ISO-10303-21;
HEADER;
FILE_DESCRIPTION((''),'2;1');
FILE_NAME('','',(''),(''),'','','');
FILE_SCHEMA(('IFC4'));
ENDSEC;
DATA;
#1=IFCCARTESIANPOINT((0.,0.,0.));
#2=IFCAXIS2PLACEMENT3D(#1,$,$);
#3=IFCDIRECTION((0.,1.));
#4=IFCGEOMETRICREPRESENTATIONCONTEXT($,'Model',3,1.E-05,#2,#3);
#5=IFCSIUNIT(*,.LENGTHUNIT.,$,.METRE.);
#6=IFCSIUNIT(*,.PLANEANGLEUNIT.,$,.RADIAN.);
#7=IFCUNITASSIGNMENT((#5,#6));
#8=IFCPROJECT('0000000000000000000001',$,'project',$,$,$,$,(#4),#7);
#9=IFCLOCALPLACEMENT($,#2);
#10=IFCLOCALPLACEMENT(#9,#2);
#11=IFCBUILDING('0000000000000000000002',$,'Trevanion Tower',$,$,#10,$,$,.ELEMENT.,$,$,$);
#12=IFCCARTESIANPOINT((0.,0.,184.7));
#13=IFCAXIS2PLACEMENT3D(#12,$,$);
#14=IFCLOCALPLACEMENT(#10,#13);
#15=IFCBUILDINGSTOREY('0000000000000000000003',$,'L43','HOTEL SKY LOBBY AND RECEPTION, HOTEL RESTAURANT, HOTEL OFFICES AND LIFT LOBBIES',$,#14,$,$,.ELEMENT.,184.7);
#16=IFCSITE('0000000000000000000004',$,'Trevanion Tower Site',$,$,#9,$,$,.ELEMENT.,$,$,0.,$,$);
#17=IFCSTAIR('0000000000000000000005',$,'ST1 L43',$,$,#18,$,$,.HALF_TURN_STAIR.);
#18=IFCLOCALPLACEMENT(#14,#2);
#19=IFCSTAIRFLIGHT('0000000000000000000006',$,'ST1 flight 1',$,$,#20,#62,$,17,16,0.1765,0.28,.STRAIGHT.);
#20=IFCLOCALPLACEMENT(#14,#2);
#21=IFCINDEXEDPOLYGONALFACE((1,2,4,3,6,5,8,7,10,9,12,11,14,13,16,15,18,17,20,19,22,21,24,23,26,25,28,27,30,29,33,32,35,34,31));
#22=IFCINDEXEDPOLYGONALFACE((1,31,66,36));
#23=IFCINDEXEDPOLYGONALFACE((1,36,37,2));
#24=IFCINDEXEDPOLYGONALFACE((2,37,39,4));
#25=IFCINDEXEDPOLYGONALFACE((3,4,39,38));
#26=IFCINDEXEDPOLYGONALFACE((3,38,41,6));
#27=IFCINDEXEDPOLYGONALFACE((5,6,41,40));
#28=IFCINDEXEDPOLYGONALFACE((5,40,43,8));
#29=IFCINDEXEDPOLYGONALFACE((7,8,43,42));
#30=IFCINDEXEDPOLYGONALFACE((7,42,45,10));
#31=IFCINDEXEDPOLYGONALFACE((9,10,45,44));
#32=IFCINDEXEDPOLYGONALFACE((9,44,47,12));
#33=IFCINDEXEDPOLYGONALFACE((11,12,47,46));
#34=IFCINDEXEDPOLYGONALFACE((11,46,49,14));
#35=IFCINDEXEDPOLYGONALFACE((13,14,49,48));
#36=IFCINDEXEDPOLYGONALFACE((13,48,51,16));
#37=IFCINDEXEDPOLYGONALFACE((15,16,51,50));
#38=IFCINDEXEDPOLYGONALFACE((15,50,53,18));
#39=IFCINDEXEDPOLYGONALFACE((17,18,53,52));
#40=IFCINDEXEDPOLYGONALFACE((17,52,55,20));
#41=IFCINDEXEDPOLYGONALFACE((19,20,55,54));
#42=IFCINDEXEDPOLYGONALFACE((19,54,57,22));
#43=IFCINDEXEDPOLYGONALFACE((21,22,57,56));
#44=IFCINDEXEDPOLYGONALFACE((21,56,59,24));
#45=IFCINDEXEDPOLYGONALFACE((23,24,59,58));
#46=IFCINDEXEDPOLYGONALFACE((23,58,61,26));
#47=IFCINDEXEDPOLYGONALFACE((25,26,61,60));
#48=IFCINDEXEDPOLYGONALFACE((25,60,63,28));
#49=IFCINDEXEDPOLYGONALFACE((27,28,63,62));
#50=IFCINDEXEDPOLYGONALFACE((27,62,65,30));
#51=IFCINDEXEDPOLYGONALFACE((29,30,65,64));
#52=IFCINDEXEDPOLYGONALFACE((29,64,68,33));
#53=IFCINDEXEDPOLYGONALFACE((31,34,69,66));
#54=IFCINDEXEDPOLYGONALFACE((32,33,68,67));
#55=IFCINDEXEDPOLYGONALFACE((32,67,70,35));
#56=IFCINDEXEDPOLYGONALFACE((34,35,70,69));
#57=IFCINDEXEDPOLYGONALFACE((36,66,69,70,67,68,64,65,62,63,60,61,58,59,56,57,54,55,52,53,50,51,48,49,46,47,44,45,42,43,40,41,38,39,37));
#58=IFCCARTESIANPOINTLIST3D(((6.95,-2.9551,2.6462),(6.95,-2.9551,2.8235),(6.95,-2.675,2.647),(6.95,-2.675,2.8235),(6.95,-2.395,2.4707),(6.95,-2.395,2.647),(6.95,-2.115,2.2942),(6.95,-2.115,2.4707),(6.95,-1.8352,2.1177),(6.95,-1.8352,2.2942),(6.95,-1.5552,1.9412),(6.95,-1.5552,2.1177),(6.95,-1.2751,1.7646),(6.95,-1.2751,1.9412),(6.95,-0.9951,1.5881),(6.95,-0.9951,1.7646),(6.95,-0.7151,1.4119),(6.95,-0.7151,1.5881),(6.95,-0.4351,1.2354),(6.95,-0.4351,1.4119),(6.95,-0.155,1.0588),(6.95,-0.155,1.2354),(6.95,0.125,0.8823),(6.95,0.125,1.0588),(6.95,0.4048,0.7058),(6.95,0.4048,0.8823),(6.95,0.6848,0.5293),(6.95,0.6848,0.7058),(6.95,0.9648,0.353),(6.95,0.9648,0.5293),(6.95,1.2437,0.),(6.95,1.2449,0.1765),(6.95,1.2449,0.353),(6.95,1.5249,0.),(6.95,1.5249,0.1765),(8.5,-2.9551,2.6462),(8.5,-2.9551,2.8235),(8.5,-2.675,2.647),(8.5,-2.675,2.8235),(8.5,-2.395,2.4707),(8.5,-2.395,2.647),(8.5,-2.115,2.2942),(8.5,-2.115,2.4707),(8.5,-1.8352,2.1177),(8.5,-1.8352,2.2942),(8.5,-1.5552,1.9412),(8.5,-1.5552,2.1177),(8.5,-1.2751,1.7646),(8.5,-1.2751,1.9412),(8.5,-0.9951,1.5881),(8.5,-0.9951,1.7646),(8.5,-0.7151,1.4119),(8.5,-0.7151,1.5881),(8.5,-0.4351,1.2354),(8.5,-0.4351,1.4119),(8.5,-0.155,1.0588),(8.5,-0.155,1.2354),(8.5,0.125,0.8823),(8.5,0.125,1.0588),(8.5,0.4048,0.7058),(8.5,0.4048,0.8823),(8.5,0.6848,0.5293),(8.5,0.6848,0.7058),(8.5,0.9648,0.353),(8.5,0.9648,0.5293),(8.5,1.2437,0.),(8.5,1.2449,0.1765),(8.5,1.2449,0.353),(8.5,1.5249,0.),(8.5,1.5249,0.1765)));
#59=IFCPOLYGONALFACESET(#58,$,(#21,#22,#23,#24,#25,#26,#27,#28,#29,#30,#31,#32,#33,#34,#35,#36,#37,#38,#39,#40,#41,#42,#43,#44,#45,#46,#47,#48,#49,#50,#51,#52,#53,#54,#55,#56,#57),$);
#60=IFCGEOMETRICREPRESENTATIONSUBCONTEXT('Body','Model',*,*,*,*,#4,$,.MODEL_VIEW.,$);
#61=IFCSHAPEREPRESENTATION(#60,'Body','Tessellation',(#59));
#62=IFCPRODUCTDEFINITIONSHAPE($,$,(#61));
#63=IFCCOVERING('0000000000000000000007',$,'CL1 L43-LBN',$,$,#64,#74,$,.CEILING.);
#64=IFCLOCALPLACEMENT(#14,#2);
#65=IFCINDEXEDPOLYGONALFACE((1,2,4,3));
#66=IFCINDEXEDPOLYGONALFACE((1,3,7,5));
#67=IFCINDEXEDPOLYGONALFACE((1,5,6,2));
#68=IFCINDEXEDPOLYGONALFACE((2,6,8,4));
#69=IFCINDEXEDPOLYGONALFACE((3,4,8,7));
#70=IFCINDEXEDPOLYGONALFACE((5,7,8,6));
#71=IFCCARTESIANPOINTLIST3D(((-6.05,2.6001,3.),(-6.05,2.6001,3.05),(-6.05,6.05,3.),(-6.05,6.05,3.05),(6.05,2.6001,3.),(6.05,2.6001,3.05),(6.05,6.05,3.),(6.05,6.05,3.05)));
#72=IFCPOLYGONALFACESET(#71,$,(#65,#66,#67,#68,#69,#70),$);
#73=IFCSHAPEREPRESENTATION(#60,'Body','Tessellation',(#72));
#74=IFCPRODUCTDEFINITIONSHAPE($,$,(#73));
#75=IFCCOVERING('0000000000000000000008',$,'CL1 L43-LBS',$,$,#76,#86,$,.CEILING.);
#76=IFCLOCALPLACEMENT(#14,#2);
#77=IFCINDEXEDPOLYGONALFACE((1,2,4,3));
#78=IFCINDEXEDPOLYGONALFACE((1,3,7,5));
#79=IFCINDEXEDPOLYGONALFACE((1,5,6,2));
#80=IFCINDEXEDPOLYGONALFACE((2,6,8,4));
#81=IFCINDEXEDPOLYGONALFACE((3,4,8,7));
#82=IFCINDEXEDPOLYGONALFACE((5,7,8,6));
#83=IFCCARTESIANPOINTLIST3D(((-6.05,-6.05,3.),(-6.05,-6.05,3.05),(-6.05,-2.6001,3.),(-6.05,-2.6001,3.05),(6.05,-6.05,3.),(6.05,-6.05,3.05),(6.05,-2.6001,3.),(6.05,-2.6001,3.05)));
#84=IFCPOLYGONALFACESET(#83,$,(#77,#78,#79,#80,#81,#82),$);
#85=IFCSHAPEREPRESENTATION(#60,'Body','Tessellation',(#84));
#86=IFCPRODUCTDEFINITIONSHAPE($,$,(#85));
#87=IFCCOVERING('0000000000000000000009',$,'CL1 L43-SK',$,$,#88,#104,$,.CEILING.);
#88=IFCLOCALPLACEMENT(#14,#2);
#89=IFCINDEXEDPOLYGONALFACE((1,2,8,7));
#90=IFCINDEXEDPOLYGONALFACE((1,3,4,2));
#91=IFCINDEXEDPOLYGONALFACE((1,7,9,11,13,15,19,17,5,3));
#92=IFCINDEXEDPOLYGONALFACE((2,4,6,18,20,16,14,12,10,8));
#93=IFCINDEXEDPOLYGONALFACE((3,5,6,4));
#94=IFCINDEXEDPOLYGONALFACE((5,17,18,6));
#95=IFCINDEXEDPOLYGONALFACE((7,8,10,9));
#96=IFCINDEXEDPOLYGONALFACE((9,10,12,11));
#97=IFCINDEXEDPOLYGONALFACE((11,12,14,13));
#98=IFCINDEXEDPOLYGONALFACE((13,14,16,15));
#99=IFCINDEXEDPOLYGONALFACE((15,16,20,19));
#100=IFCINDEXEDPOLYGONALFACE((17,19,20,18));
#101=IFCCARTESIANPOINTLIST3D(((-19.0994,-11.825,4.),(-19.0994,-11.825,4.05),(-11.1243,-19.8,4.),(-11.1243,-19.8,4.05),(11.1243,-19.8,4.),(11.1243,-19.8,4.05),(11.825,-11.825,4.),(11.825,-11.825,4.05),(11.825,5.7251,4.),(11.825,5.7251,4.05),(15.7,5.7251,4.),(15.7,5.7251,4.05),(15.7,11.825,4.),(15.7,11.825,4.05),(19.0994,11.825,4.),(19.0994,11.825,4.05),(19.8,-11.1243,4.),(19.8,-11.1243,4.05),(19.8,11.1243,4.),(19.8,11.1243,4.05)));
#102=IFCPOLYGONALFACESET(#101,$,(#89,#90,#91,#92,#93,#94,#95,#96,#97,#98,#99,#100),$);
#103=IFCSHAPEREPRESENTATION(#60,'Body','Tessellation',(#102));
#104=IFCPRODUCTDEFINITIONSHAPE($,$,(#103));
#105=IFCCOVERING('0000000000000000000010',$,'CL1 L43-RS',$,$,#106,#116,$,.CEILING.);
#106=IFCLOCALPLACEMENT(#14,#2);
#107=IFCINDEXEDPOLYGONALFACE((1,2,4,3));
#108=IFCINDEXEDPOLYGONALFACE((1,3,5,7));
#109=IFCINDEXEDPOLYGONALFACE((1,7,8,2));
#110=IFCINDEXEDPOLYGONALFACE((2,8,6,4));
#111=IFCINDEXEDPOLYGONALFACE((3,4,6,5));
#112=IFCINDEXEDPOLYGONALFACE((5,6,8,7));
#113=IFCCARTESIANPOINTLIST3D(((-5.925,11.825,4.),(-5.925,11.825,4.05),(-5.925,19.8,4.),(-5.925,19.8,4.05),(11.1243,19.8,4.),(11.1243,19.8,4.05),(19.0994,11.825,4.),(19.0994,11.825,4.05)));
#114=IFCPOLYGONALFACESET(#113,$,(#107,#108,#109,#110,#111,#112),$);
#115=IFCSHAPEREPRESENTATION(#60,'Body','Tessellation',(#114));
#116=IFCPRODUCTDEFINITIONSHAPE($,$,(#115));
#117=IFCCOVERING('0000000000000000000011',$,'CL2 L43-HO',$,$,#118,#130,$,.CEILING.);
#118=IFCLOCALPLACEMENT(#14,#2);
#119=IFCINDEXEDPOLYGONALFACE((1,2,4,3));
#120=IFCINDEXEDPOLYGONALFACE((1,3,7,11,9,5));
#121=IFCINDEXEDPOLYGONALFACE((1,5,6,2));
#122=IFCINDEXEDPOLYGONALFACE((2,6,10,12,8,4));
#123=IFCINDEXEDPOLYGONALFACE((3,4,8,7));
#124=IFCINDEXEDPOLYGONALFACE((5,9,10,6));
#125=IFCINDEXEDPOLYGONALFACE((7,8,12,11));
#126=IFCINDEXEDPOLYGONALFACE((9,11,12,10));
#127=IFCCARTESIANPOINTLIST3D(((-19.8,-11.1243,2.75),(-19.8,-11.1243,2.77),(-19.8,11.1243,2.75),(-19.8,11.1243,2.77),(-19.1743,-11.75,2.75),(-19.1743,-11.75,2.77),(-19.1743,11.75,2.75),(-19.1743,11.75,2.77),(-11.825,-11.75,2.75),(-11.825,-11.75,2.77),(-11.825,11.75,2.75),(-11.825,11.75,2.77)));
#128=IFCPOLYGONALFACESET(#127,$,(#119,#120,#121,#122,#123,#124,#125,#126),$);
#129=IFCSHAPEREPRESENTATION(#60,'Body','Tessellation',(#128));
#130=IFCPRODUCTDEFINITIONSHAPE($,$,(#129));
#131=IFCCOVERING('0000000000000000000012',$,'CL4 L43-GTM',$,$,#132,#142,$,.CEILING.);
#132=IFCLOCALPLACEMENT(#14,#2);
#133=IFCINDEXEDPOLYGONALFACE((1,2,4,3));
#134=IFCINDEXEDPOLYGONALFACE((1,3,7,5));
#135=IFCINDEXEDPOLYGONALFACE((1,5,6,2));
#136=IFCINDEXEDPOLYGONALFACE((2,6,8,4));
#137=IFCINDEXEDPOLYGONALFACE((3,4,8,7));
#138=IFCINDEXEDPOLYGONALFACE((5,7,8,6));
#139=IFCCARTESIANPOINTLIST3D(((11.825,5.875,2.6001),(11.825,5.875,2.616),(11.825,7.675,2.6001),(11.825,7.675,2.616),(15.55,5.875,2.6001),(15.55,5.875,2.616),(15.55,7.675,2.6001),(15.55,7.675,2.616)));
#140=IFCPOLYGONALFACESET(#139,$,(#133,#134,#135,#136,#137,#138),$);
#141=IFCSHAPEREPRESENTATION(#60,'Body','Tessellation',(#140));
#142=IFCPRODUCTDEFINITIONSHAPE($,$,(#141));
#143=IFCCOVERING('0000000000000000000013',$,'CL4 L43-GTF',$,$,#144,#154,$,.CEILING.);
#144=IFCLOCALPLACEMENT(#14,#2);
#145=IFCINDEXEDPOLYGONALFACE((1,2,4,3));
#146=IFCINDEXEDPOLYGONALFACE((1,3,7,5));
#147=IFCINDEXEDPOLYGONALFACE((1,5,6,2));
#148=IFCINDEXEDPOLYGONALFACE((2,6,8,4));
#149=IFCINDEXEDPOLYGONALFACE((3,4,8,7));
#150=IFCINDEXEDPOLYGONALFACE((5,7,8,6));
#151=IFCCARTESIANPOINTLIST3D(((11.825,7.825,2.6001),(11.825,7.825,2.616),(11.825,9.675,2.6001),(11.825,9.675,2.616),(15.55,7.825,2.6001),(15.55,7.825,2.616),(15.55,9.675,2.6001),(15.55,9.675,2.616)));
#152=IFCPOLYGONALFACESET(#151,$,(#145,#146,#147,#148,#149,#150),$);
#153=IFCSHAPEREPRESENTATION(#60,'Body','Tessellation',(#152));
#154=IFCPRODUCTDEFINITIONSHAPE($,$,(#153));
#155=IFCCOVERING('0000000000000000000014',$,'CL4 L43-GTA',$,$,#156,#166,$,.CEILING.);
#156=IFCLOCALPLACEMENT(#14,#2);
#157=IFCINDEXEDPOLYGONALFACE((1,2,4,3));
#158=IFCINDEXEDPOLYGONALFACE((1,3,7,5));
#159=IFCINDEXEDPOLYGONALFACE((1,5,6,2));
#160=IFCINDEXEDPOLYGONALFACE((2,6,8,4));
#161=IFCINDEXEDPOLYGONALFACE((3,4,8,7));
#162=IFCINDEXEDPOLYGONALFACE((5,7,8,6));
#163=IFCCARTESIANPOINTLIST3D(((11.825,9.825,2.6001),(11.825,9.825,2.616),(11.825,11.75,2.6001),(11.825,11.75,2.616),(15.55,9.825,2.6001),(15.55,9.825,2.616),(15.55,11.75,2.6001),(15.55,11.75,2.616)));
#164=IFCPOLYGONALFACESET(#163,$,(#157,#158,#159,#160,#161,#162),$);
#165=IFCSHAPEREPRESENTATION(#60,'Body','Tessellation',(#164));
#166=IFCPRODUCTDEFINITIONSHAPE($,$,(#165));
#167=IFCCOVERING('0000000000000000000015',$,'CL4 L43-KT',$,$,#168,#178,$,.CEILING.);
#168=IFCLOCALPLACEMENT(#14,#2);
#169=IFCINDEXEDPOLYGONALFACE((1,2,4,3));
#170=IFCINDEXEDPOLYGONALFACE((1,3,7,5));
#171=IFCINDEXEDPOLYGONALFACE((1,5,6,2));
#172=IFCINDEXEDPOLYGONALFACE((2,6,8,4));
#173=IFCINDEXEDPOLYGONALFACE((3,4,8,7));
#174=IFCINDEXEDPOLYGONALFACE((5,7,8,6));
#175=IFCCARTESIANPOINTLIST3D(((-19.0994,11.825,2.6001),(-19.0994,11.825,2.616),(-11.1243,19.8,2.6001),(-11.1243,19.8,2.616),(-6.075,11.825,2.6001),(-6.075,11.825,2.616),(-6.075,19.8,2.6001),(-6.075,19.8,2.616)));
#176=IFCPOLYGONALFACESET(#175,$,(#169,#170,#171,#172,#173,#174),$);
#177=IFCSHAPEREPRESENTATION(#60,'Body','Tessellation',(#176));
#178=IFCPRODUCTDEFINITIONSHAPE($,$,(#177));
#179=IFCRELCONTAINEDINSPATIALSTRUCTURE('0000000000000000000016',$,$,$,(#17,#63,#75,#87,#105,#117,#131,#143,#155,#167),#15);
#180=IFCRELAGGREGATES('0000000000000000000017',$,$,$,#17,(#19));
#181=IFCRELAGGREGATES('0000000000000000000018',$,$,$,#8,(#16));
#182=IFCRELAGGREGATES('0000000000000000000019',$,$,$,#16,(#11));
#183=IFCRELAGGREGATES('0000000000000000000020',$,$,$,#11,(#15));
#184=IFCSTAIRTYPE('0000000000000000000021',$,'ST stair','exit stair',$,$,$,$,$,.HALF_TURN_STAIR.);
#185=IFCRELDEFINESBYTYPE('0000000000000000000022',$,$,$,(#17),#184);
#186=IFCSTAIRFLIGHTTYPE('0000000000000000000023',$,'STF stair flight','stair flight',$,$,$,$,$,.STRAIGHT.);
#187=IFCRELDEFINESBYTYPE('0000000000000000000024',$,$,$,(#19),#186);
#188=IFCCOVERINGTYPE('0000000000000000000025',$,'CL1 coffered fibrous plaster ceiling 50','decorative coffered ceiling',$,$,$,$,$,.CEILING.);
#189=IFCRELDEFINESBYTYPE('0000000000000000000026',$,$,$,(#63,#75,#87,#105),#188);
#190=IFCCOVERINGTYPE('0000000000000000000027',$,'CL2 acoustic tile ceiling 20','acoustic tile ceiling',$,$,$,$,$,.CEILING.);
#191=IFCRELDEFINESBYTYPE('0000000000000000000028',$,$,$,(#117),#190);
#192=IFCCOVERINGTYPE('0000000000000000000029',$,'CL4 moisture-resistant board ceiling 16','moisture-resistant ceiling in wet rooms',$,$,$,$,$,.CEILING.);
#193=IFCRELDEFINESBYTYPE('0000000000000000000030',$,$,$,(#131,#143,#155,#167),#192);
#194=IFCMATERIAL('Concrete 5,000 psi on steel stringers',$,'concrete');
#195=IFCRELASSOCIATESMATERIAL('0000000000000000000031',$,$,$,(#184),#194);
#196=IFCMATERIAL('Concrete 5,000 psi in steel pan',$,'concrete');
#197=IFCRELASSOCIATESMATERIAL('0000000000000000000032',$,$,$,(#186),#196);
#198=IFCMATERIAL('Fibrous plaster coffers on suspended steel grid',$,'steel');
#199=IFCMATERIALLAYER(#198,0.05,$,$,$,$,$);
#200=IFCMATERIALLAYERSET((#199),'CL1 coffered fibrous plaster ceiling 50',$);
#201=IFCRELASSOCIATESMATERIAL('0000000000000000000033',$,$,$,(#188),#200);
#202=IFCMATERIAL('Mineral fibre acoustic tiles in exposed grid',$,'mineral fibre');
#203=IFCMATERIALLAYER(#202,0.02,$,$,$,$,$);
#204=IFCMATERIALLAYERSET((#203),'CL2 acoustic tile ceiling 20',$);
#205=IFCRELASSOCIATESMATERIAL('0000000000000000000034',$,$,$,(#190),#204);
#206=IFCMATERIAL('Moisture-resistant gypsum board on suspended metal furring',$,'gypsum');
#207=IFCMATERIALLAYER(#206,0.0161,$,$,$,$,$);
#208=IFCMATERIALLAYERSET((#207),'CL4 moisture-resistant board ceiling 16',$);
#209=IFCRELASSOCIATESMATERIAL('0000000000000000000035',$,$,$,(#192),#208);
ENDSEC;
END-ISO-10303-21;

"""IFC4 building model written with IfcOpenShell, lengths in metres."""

from ifc_helpers import new_model, si_unit, direction, frame, origin, place, context, subcontext, project, spatial, polyline, outline, extrude, material, layer, layer_set, type_object, element, aggregate, save


model = new_model("IFC4")

# Units and contexts
model_context = context("Model", 3, precision=1e-05, world=origin(), true_north=direction((0.0, 1.0)))
body_context = subcontext(model_context, "Body", "Model", "MODEL_VIEW")
ifc_project = project(units=[si_unit("LENGTHUNIT", "METRE"), si_unit("PLANEANGLEUNIT", "RADIAN")], contexts=[model_context])

# Site, building, storey
site_placement = place(None, origin())
site = spatial("IfcSite", under=ifc_project, at=site_placement, Name="Trevanion Tower Site", CompositionType="ELEMENT", RefElevation=0.0)
building_placement = place(site_placement, origin())
building = spatial("IfcBuilding", under=site, at=building_placement, Name="Trevanion Tower", CompositionType="ELEMENT")
storey_placement = place(building_placement, frame((0.0, 0.0, 184.7)))
storey = spatial("IfcBuildingStorey", under=building, at=storey_placement, Name="L43", Description="HOTEL SKY LOBBY AND RECEPTION, HOTEL RESTAURANT, HOTEL OFFICES AND LIFT LOBBIES", CompositionType="ELEMENT", Elevation=184.7)

# Stair, stair flight
ifc_material_1 = material(Name="Concrete 5,000 psi on steel stringers", Category="concrete")
stair_type = type_object("IfcStairType", Name="ST stair", Description="exit stair", PredefinedType="HALF_TURN_STAIR", material=ifc_material_1)
stair_placement = place(storey_placement, origin())
stair = element("IfcStair", 1, at=stair_placement, inside=storey, type_object=stair_type, Name="ST1 L43", PredefinedType="HALF_TURN_STAIR")
ifc_material_2 = material(Name="Concrete 5,000 psi in steel pan", Category="concrete")
stair_flight_type = type_object("IfcStairFlightType", Name="STF stair flight", Description="stair flight", PredefinedType="STRAIGHT", material=ifc_material_2)
stair_flight_placement = place(storey_placement, frame((7.7251, 1.5249, 0.0), z_axis=(0.0, 0.0, 1.0), x_axis=(0.0, -1.0, 0.0)))
stair_flight = element("IfcStairFlight", 2, at=stair_flight_placement, type_object=stair_flight_type, Name="ST1 flight 1", NumberOfRisers=17, NumberOfTreads=16, PredefinedType="STRAIGHT", RiserHeight=0.1765, TreadLength=0.28, context=body_context, shape_type="SweptSolid", body=[
    extrude(outline(polyline([(0.0, 0.0), (0.0, 0.1765), (0.28, 0.1765), (0.28, 0.353), (0.5601, 0.353), (0.5601, 0.5293), (0.8401, 0.5293), (0.8401, 0.7058), (1.1201, 0.7058), (1.1201, 0.8823), (1.3999, 0.8823), (1.3999, 1.0588), (1.6799, 1.0588), (1.6799, 1.2354), (1.96, 1.2354), (1.96, 1.4119), (2.24, 1.4119), (2.24, 1.5881), (2.52, 1.5881), (2.52, 1.7646), (2.8, 1.7646), (2.8, 1.9412), (3.0801, 1.9412), (3.0801, 2.1177), (3.3601, 2.1177), (3.3601, 2.2942), (3.6399, 2.2942), (3.6399, 2.4707), (3.9199, 2.4707), (3.9199, 2.647), (4.2, 2.647), (4.2, 2.8235), (4.48, 2.8235), (4.48, 3.0), (4.48, 2.6462), (0.2812, 0.0), (0.0, 0.0)])), frame((0.0, 0.7749, 0.0), z_axis=(0.0, -1.0, 0.0), x_axis=(1.0, 0.0, 0.0)), (0.0, 0.0, 1.0), 1.55),
])
aggregate(stair, [stair_flight])

# Coverings
ifc_material_3 = material(Name="Fibrous plaster coffers on suspended steel grid", Category="steel")
ifc_layer_1 = layer(ifc_material_3, 0.05)
ifc_layer_set_1 = layer_set([ifc_layer_1], Name="CL1 coffered fibrous plaster ceiling 50")
covering_type_1 = type_object("IfcCoveringType", Name="CL1 coffered fibrous plaster ceiling 50", Description="decorative coffered ceiling", PredefinedType="CEILING", material=ifc_layer_set_1)
covering_1_placement = place(storey_placement, frame((0.0, 0.0, 3.0)))
element("IfcCovering", 3, at=covering_1_placement, inside=storey, type_object=covering_type_1, Name="CL1 L43-LBN", PredefinedType="CEILING", context=body_context, shape_type="SweptSolid", body=[
    extrude(outline(polyline([(6.05, 2.6001), (6.05, 6.05), (-6.05, 6.05), (-6.05, 2.6001), (6.05, 2.6001)])), origin(), (0.0, 0.0, 1.0), 0.05),
])
covering_2_placement = place(storey_placement, frame((0.0, 0.0, 3.0)))
element("IfcCovering", 4, at=covering_2_placement, inside=storey, type_object=covering_type_1, Name="CL1 L43-LBS", PredefinedType="CEILING", context=body_context, shape_type="SweptSolid", body=[
    extrude(outline(polyline([(6.05, -6.05), (6.05, -2.6001), (-6.05, -2.6001), (-6.05, -6.05), (6.05, -6.05)])), origin(), (0.0, 0.0, 1.0), 0.05),
])
covering_3_placement = place(storey_placement, frame((0.0, 0.0, 4.0)))
element("IfcCovering", 5, at=covering_3_placement, inside=storey, type_object=covering_type_1, Name="CL1 L43-SK", PredefinedType="CEILING", context=body_context, shape_type="SweptSolid", body=[
    extrude(outline(polyline([(11.825, 5.7251), (15.7, 5.7251), (15.7, 11.825), (19.0994, 11.825), (19.8, 11.1243), (19.8, -11.1243), (11.1243, -19.8), (-11.1243, -19.8), (-19.0994, -11.825), (11.825, -11.825), (11.825, 5.7251)])), origin(), (0.0, 0.0, 1.0), 0.05),
])
covering_4_placement = place(storey_placement, frame((0.0, 0.0, 4.0)))
element("IfcCovering", 6, at=covering_4_placement, inside=storey, type_object=covering_type_1, Name="CL1 L43-RS", PredefinedType="CEILING", context=body_context, shape_type="SweptSolid", body=[
    extrude(outline(polyline([(11.1243, 19.8), (19.0994, 11.825), (-5.925, 11.825), (-5.925, 19.8), (11.1243, 19.8)])), origin(), (0.0, 0.0, 1.0), 0.05),
])
ifc_material_4 = material(Name="Mineral fibre acoustic tiles in exposed grid", Category="mineral fibre")
ifc_layer_2 = layer(ifc_material_4, 0.02)
ifc_layer_set_2 = layer_set([ifc_layer_2], Name="CL2 acoustic tile ceiling 20")
covering_type_2 = type_object("IfcCoveringType", Name="CL2 acoustic tile ceiling 20", Description="acoustic tile ceiling", PredefinedType="CEILING", material=ifc_layer_set_2)
covering_5_placement = place(storey_placement, frame((0.0, 0.0, 2.75)))
element("IfcCovering", 7, at=covering_5_placement, inside=storey, type_object=covering_type_2, Name="CL2 L43-HO", PredefinedType="CEILING", context=body_context, shape_type="SweptSolid", body=[
    extrude(outline(polyline([(-19.8, -11.1243), (-19.8, 11.1243), (-19.1743, 11.75), (-11.825, 11.75), (-11.825, -11.75), (-19.1743, -11.75), (-19.8, -11.1243)])), origin(), (0.0, 0.0, 1.0), 0.02),
])
ifc_material_5 = material(Name="Moisture-resistant gypsum board on suspended metal furring", Category="gypsum")
ifc_layer_3 = layer(ifc_material_5, 0.0161)
ifc_layer_set_3 = layer_set([ifc_layer_3], Name="CL4 moisture-resistant board ceiling 16")
covering_type_3 = type_object("IfcCoveringType", Name="CL4 moisture-resistant board ceiling 16", Description="moisture-resistant ceiling in wet rooms", PredefinedType="CEILING", material=ifc_layer_set_3)
covering_6_placement = place(storey_placement, frame((0.0, 0.0, 2.6001)))
element("IfcCovering", 8, at=covering_6_placement, inside=storey, type_object=covering_type_3, Name="CL4 L43-GTM", PredefinedType="CEILING", context=body_context, shape_type="SweptSolid", body=[
    extrude(outline(polyline([(15.55, 5.875), (15.55, 7.675), (11.825, 7.675), (11.825, 5.875), (15.55, 5.875)])), origin(), (0.0, 0.0, 1.0), 0.0159),
])
covering_7_placement = place(storey_placement, frame((0.0, 0.0, 2.6001)))
element("IfcCovering", 9, at=covering_7_placement, inside=storey, type_object=covering_type_3, Name="CL4 L43-GTF", PredefinedType="CEILING", context=body_context, shape_type="SweptSolid", body=[
    extrude(outline(polyline([(15.55, 7.825), (15.55, 9.675), (11.825, 9.675), (11.825, 7.825), (15.55, 7.825)])), origin(), (0.0, 0.0, 1.0), 0.0159),
])
covering_8_placement = place(storey_placement, frame((0.0, 0.0, 2.6001)))
element("IfcCovering", 10, at=covering_8_placement, inside=storey, type_object=covering_type_3, Name="CL4 L43-GTA", PredefinedType="CEILING", context=body_context, shape_type="SweptSolid", body=[
    extrude(outline(polyline([(15.55, 9.825), (15.55, 11.75), (11.825, 11.75), (11.825, 9.825), (15.55, 9.825)])), origin(), (0.0, 0.0, 1.0), 0.0159),
])
covering_9_placement = place(storey_placement, frame((0.0, 0.0, 2.6001)))
element("IfcCovering", 11, at=covering_9_placement, inside=storey, type_object=covering_type_3, Name="CL4 L43-KT", PredefinedType="CEILING", context=body_context, shape_type="SweptSolid", body=[
    extrude(outline(polyline([(-6.075, 19.8), (-6.075, 11.825), (-19.0994, 11.825), (-11.1243, 19.8), (-6.075, 19.8)])), origin(), (0.0, 0.0, 1.0), 0.0159),
])

save(model, "model.ifc")
